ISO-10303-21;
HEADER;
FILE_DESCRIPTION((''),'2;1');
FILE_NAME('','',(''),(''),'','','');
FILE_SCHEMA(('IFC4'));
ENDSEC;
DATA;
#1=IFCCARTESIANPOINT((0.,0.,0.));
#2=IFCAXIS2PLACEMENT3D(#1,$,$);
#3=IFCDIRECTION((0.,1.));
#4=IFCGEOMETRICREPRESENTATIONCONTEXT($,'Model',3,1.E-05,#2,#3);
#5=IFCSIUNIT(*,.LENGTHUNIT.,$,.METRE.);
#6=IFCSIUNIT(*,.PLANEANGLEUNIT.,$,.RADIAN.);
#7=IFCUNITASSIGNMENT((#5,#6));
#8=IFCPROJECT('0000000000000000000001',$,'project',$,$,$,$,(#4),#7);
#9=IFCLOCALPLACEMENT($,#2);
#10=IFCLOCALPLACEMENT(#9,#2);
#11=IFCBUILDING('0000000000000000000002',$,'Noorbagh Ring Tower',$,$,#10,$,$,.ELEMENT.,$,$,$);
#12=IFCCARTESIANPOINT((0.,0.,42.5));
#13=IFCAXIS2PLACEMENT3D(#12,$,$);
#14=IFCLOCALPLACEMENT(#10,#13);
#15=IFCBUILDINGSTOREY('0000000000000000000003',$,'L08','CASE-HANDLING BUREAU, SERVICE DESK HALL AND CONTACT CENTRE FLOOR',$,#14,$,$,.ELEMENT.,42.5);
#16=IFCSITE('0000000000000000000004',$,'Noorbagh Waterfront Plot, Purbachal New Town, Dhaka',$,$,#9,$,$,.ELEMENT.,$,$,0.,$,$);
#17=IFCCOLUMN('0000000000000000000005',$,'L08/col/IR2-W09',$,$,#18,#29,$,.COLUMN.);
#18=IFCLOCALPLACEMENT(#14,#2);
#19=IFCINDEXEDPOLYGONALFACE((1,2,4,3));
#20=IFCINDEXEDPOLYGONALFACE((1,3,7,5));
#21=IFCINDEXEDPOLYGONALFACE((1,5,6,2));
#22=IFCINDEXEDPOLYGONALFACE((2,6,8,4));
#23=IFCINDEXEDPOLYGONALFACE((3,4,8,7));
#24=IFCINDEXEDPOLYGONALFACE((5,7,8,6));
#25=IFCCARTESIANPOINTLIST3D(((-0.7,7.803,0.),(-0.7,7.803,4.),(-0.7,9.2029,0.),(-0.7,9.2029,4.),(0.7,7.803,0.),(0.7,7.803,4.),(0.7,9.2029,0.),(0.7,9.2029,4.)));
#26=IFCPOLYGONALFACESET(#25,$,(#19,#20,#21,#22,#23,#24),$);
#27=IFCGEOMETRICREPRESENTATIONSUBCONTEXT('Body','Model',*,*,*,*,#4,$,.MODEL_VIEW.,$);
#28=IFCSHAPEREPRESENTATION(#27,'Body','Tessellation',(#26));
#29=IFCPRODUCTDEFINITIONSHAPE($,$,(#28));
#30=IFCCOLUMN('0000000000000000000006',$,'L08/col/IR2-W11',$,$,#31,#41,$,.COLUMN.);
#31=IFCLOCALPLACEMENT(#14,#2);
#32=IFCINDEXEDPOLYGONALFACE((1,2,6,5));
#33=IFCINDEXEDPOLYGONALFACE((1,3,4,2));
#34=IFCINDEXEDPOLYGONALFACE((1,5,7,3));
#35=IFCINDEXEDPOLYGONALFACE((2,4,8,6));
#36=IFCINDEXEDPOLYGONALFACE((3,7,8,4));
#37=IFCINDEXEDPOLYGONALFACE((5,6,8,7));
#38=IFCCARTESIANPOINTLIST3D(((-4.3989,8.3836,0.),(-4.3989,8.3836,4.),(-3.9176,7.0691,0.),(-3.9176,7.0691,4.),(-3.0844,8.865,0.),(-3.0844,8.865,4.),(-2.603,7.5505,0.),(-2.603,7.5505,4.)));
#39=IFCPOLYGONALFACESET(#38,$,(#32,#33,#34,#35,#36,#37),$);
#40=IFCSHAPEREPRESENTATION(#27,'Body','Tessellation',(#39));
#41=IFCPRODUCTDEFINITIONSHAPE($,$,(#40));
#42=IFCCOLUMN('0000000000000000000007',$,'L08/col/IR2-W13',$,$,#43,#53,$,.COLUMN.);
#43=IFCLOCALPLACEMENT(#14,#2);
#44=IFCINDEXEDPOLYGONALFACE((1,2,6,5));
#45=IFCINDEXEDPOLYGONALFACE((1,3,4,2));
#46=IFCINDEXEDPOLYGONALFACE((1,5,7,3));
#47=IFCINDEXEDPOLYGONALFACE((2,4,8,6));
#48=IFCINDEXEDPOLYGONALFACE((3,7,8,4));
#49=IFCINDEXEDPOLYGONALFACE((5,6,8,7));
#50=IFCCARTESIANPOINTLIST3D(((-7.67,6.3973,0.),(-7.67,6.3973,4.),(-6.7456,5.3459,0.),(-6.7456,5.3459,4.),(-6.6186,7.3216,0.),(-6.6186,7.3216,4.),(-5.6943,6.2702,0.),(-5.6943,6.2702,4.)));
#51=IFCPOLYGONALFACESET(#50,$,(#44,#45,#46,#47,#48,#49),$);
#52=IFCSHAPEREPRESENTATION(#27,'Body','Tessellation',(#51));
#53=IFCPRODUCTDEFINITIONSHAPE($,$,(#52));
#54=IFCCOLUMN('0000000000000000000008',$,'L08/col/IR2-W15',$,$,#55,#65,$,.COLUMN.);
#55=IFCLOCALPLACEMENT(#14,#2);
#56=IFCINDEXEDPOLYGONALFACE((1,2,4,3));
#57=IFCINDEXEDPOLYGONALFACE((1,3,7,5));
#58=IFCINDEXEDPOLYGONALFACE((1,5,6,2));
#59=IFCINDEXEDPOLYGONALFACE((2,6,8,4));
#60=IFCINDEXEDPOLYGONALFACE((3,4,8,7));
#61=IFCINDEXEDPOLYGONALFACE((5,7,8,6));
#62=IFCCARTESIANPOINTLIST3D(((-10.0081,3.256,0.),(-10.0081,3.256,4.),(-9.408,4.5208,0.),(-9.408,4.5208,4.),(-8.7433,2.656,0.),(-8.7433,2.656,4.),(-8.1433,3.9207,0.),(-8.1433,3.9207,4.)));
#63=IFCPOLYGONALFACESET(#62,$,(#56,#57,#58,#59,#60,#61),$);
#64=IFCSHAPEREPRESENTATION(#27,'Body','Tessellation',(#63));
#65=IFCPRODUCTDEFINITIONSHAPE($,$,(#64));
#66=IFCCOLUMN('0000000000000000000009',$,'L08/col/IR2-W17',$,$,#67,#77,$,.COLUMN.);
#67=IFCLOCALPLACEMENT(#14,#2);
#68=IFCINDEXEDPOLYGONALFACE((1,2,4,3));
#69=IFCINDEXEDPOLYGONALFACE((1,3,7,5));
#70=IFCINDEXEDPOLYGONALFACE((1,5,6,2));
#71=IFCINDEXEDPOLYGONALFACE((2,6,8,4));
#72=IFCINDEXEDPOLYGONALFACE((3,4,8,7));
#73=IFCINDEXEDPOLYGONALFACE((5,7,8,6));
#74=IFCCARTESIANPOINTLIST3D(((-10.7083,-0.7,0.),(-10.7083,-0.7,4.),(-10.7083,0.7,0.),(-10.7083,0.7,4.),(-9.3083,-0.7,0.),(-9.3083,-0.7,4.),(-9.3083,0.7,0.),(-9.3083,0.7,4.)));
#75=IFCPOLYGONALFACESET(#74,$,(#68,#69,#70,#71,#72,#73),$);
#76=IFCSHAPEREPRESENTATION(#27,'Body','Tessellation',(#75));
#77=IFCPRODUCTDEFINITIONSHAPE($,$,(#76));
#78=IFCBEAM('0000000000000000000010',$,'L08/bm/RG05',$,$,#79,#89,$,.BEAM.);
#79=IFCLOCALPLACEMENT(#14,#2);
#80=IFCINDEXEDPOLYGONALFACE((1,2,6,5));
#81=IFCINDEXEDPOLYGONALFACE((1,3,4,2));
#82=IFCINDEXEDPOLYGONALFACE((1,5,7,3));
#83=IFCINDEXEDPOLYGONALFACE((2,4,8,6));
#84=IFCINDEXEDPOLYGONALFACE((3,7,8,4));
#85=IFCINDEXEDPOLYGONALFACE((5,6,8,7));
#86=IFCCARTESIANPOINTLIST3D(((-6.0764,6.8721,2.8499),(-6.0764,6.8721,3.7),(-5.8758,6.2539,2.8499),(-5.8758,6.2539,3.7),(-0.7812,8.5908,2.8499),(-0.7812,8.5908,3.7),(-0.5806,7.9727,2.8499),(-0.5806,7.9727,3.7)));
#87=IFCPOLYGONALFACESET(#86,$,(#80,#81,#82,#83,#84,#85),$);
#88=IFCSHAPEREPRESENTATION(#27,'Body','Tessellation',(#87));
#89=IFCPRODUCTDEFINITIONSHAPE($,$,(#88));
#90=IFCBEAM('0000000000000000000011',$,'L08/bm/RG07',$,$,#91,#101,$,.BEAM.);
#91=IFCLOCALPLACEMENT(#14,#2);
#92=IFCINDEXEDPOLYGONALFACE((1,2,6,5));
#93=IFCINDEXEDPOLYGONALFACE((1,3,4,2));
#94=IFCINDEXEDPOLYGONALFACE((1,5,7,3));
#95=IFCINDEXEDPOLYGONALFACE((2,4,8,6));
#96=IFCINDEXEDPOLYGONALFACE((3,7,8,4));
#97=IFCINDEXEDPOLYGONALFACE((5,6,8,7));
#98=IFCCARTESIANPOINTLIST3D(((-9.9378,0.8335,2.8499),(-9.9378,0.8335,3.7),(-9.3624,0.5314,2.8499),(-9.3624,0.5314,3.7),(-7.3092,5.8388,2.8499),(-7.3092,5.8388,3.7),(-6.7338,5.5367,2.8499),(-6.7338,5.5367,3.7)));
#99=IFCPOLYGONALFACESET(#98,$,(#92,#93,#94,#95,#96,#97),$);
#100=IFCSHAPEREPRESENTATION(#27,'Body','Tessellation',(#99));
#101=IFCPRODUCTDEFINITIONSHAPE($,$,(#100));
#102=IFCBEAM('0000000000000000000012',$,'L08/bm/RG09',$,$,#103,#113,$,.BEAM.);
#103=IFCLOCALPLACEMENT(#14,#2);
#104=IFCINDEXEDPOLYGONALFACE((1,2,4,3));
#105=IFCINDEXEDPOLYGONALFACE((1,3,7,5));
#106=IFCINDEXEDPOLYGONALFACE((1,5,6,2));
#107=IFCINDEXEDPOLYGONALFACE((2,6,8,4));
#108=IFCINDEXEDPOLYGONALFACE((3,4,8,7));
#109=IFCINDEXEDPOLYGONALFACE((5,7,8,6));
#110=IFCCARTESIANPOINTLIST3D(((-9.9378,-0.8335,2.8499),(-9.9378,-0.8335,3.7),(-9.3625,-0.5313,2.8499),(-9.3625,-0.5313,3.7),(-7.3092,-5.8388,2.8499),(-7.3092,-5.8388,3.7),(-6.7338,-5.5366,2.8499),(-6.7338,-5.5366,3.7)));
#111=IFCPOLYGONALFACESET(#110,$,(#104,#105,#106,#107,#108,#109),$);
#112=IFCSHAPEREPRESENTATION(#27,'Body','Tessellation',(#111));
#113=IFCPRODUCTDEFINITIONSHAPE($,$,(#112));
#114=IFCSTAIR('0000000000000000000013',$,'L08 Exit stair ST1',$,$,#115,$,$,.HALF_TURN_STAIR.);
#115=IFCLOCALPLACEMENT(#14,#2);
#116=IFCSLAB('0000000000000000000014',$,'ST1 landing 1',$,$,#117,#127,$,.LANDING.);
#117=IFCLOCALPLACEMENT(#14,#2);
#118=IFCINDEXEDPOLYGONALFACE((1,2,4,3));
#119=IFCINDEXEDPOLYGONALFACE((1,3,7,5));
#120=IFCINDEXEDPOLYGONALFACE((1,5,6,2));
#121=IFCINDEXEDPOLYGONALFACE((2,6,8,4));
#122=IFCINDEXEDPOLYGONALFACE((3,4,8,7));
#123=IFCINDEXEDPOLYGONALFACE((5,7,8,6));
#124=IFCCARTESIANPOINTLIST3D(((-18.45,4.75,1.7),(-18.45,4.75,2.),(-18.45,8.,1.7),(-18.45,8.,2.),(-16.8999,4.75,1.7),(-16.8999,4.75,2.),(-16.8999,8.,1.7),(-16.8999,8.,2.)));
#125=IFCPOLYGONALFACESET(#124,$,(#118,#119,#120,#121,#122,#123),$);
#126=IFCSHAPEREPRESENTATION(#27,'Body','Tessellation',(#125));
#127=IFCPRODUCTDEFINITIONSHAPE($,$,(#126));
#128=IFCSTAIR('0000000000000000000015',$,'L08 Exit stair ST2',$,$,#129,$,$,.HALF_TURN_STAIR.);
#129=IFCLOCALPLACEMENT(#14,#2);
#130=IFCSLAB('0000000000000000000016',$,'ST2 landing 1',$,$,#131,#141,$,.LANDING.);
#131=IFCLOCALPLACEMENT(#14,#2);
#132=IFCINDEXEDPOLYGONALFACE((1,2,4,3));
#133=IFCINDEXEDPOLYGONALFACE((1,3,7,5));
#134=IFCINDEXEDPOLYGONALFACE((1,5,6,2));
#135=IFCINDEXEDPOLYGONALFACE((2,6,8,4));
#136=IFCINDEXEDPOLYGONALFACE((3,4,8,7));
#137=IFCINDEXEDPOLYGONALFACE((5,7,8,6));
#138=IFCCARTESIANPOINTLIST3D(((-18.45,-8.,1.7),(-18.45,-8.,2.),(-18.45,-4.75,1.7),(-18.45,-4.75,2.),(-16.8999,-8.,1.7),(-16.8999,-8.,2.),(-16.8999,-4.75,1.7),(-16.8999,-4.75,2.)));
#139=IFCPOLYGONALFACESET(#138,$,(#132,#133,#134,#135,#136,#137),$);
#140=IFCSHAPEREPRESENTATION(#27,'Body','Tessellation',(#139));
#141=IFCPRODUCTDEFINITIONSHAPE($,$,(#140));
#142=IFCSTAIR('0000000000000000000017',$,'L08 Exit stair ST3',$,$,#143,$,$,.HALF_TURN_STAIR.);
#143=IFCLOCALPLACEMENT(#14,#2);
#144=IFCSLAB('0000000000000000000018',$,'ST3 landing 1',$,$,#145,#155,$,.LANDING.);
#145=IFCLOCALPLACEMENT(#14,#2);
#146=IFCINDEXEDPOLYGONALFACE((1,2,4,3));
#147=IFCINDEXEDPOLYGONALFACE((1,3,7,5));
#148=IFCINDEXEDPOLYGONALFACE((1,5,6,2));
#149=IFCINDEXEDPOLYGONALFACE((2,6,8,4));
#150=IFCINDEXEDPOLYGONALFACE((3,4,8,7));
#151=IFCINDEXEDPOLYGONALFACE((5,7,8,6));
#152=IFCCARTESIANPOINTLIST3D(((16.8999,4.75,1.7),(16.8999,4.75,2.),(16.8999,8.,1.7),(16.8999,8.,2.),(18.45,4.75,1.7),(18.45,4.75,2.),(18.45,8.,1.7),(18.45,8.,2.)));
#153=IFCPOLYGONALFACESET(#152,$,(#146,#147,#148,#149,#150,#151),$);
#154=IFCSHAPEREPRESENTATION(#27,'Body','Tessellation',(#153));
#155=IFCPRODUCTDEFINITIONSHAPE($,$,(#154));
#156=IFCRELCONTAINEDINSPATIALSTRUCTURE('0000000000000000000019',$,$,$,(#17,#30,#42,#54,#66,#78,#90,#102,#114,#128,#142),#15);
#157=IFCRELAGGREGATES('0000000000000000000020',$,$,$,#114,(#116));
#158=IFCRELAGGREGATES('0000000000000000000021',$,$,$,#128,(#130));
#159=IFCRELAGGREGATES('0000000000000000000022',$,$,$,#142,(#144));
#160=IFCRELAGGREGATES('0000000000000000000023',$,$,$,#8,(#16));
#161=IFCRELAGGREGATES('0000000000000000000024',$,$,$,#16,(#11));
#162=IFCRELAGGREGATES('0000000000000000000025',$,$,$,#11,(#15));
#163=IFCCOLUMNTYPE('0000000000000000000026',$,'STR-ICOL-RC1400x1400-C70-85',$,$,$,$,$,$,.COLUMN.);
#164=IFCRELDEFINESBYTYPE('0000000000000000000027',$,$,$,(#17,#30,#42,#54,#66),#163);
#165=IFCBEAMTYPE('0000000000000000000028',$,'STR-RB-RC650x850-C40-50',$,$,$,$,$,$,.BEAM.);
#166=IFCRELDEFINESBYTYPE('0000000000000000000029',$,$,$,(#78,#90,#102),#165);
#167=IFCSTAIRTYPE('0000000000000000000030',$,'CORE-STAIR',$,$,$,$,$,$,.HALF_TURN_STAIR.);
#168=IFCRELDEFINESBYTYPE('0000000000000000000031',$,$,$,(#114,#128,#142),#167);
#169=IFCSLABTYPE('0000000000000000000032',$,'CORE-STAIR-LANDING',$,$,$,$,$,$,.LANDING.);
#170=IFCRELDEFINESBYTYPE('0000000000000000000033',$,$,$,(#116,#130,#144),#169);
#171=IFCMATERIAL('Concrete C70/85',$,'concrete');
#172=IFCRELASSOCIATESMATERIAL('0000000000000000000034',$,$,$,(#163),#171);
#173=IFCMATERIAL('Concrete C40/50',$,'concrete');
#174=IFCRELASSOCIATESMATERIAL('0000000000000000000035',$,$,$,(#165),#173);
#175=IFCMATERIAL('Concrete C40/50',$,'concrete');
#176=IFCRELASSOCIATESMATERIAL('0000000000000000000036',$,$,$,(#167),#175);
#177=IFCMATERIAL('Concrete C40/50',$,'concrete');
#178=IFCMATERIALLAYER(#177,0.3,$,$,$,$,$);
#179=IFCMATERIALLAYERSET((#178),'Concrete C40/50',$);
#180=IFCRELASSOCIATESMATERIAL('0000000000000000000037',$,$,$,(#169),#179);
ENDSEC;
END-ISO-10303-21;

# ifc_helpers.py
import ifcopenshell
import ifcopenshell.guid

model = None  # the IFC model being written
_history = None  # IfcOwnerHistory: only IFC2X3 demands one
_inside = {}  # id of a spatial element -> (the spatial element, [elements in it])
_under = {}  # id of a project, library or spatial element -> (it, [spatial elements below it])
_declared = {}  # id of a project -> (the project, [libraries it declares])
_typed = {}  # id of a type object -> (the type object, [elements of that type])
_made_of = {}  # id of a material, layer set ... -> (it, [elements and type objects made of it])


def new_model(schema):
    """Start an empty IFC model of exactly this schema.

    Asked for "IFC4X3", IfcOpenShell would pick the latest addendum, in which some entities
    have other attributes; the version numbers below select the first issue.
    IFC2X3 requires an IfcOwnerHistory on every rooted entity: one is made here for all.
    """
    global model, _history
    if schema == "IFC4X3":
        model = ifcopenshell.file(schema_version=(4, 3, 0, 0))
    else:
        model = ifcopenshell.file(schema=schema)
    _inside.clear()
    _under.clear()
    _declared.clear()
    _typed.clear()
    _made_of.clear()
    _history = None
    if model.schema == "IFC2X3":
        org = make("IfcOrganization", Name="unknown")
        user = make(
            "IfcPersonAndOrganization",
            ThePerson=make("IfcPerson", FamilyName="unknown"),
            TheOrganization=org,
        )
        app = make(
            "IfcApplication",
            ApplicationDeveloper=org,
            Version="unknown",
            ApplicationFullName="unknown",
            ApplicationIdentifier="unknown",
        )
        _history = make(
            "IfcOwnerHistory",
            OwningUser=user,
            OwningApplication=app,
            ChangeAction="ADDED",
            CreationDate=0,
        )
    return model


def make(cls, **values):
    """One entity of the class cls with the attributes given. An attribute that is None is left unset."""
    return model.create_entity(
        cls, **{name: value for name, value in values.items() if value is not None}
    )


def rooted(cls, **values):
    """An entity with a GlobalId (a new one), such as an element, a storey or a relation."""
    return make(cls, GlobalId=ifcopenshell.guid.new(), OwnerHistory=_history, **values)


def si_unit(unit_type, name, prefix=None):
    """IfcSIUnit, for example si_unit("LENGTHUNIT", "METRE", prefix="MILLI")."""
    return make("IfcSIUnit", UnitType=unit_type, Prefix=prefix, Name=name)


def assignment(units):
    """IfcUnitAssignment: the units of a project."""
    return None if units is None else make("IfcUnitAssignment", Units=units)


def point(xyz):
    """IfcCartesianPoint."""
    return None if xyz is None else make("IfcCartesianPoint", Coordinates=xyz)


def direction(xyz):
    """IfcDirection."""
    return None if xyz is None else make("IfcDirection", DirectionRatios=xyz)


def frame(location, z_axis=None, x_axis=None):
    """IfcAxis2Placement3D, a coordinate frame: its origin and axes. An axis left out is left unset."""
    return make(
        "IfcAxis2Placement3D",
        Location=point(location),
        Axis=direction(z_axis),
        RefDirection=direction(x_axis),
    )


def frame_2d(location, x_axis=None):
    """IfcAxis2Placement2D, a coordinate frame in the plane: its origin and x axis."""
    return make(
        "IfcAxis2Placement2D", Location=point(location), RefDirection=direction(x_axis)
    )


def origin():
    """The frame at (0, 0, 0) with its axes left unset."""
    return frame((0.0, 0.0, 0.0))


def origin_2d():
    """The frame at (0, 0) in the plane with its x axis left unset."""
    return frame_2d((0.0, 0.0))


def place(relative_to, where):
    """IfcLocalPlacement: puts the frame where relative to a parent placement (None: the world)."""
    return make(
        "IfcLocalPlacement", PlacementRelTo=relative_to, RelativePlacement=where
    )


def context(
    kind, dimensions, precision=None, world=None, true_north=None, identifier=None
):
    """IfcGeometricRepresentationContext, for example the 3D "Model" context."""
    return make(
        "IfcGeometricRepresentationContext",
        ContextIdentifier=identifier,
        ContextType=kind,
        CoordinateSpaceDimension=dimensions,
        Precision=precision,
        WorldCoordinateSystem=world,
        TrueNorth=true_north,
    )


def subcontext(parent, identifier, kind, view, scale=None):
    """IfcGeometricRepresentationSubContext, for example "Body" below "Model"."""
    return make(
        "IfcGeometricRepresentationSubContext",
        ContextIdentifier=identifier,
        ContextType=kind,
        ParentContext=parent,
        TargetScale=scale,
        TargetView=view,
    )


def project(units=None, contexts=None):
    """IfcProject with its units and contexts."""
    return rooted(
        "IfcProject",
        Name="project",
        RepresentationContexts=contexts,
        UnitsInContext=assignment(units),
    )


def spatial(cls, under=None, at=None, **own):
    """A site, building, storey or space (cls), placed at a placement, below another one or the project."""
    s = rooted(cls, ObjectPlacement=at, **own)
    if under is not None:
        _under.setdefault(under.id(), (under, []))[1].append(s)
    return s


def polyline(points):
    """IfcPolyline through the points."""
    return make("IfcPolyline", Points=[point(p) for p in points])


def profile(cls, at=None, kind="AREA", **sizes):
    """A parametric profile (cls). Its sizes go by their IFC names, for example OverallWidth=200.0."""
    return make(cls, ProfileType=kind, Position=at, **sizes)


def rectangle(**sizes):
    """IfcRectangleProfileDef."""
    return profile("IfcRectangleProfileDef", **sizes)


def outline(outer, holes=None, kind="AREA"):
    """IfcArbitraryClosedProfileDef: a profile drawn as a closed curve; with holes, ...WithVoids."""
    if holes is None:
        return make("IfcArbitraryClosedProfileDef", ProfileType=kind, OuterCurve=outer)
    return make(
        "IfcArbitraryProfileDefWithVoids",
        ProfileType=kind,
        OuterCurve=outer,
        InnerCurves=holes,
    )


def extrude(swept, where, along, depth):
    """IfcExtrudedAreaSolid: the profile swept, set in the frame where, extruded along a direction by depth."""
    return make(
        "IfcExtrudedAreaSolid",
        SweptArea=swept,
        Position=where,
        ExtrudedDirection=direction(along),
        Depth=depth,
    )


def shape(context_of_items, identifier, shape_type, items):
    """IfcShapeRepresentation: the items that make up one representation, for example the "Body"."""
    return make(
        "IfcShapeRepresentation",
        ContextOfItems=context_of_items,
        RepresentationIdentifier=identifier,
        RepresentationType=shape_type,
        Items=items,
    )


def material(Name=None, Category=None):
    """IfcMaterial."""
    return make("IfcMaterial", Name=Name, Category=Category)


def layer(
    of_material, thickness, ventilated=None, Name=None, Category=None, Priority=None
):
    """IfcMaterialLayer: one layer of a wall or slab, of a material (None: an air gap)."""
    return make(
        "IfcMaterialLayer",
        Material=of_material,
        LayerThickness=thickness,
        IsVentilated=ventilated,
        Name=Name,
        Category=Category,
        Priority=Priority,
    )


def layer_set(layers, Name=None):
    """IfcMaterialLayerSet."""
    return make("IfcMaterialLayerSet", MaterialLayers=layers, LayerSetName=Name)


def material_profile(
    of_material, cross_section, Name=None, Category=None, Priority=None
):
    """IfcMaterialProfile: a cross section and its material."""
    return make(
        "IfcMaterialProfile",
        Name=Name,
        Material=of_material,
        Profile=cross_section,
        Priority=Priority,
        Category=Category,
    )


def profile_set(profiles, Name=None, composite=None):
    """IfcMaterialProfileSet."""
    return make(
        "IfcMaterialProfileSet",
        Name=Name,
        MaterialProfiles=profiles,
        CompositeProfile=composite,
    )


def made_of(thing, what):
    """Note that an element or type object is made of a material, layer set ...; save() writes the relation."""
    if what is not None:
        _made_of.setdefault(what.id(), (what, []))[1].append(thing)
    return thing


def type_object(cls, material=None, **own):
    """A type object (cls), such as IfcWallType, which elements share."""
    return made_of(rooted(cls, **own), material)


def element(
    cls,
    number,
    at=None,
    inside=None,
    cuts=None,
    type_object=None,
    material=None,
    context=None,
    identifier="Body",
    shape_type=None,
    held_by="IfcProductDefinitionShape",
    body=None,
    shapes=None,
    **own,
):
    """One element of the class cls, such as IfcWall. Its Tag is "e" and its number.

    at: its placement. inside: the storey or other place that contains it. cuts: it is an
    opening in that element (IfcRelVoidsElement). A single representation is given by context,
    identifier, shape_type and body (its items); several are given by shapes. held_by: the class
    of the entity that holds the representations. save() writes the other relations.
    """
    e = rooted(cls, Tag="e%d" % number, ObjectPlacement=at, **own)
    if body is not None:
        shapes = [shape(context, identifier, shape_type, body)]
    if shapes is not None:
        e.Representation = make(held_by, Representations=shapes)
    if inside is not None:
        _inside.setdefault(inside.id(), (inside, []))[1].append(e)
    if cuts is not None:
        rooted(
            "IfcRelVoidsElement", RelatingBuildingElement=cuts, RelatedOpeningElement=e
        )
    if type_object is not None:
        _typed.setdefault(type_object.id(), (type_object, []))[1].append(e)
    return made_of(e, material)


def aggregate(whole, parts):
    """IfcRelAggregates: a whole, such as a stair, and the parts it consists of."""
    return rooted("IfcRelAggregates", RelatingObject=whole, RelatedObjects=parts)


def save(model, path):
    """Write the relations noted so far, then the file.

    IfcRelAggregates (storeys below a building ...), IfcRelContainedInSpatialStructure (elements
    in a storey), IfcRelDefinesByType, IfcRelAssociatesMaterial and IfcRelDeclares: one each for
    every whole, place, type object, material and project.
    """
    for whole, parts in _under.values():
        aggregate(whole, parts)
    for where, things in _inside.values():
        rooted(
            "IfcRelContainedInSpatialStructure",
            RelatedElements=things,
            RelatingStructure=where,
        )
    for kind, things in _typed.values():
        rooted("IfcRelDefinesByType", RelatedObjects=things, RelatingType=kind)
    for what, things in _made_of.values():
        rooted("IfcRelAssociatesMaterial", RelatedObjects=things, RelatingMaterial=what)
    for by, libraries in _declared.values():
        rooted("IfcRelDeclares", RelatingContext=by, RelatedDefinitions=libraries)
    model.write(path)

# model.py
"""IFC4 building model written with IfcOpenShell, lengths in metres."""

from ifc_helpers import new_model, si_unit, direction, frame, origin, origin_2d, place, context, subcontext, project, spatial, polyline, rectangle, outline, extrude, material, layer, layer_set, material_profile, profile_set, type_object, element, aggregate, save


model = new_model("IFC4")

# Units and contexts
model_context = context("Model", 3, precision=1e-05, world=origin(), true_north=direction((0.0, 1.0)))
body_context = subcontext(model_context, "Body", "Model", "MODEL_VIEW")
ifc_project = project(units=[si_unit("LENGTHUNIT", "METRE"), si_unit("PLANEANGLEUNIT", "RADIAN")], contexts=[model_context])

# Site, building, storey
site_placement = place(None, origin())
site = spatial("IfcSite", under=ifc_project, at=site_placement, Name="Noorbagh Waterfront Plot, Purbachal New Town, Dhaka", CompositionType="ELEMENT", RefElevation=0.0)
building_placement = place(site_placement, origin())
building = spatial("IfcBuilding", under=site, at=building_placement, Name="Noorbagh Ring Tower", CompositionType="ELEMENT")
storey_placement = place(building_placement, frame((0.0, 0.0, 42.5)))
storey = spatial("IfcBuildingStorey", under=building, at=storey_placement, Name="L08", Description="CASE-HANDLING BUREAU, SERVICE DESK HALL AND CONTACT CENTRE FLOOR", CompositionType="ELEMENT", Elevation=42.5)

# Columns
ifc_material_1 = material(Name="Concrete C70/85", Category="concrete")
ifc_material_profile_1 = material_profile(ifc_material_1, rectangle(XDim=1.3999, YDim=1.3999, at=origin_2d()), Name="RC1400x1400")
ifc_profile_set_1 = profile_set([ifc_material_profile_1], Name="Concrete C70/85")
column_type = type_object("IfcColumnType", Name="STR-ICOL-RC1400x1400-C70-85", PredefinedType="COLUMN", material=ifc_profile_set_1)
for number, where, z_axis, x_axis, name in (
    (1, (0.0, 8.5029, 0.0), (0.0, 0.0, 1.0), (-1.0, 0.0, 0.0), "L08/col/IR2-W09"),
    (2, (-3.501, 7.967, 0.0), (0.0, 0.0, 1.0), (-0.93902, -0.343864, 0.0), "L08/col/IR2-W11"),
    (3, (-6.6821, 6.3337, 0.0), (0.0, 0.0, 1.0), (-0.751022, -0.660277, 0.0), "L08/col/IR2-W13"),
    (4, (-9.0757, 3.5884, 0.0), (0.0, 0.0, 1.0), (-0.428667, -0.903463, 0.0), "L08/col/IR2-W15"),
    (5, (-10.0083, 0.0, 0.0), (0.0, 0.0, 1.0), (0.0, -1.0, 0.0), "L08/col/IR2-W17"),
):
    element("IfcColumn", number, at=place(storey_placement, frame(where, z_axis=z_axis, x_axis=x_axis)), inside=storey, type_object=column_type, Name=name, PredefinedType="COLUMN", context=body_context, shape_type="SweptSolid", body=[
        extrude(rectangle(XDim=1.3999, YDim=1.3999, at=origin_2d()), origin(), (0.0, 0.0, 1.0), 4.0),
    ])

# Beams
ifc_material_2 = material(Name="Concrete C40/50", Category="concrete")
ifc_material_profile_2 = material_profile(ifc_material_2, rectangle(XDim=0.6499, YDim=0.8501, at=origin_2d()), Name="RC650x850")
ifc_profile_set_2 = profile_set([ifc_material_profile_2], Name="Concrete C40/50")
beam_type = type_object("IfcBeamType", Name="STR-RB-RC650x850-C40-50", PredefinedType="BEAM", material=ifc_profile_set_2)
beam_placement = place(storey_placement, frame((-0.6809, 8.2817, 3.2749), z_axis=(-0.951149, -0.308732, 0.0), x_axis=(0.308732, -0.951149, 0.0)))
element("IfcBeam", 6, at=beam_placement, inside=storey, type_object=beam_type, Name="L08/bm/RG05", PredefinedType="BEAM", context=body_context, shape_type="SweptSolid", body=[
    extrude(rectangle(XDim=0.6499, YDim=0.8501, at=origin_2d()), origin(), (0.0, 0.0, 1.0), 5.5671),
])
for number, where, z_axis, x_axis, name in (
    (7, (-7.0215, 5.6877, 3.2749), (-0.464951, -0.885337, 0.0), (0.885337, -0.464951, 0.0), "L08/bm/RG07"),
    (8, (-9.6501, -0.6824, 3.2749), (0.464951, -0.885337, 0.0), (0.885337, 0.464951, 0.0), "L08/bm/RG09"),
):
    element("IfcBeam", number, at=place(storey_placement, frame(where, z_axis=z_axis, x_axis=x_axis)), inside=storey, type_object=beam_type, Name=name, PredefinedType="BEAM", context=body_context, shape_type="SweptSolid", body=[
        extrude(rectangle(XDim=0.6499, YDim=0.8501, at=origin_2d()), origin(), (0.0, 0.0, 1.0), 5.6536),
    ])

# Stairs, slabs
ifc_material_3 = material(Name="Concrete C40/50", Category="concrete")
stair_type = type_object("IfcStairType", Name="CORE-STAIR", PredefinedType="HALF_TURN_STAIR", material=ifc_material_3)
stair_1_placement = place(storey_placement, origin())
stair_1 = element("IfcStair", 9, at=stair_1_placement, inside=storey, type_object=stair_type, Name="L08 Exit stair ST1", PredefinedType="HALF_TURN_STAIR")
ifc_material_4 = material(Name="Concrete C40/50", Category="concrete")
ifc_layer_1 = layer(ifc_material_4, 0.3)
ifc_layer_set_1 = layer_set([ifc_layer_1], Name="Concrete C40/50")
slab_type_1 = type_object("IfcSlabType", Name="CORE-STAIR-LANDING", PredefinedType="LANDING", material=ifc_layer_set_1)
slab_1_placement = place(storey_placement, frame((0.0, 0.0, 1.7)))
slab_1 = element("IfcSlab", 10, at=slab_1_placement, type_object=slab_type_1, Name="ST1 landing 1", PredefinedType="LANDING", context=body_context, shape_type="SweptSolid", body=[
    extrude(outline(polyline([(-18.45, 4.75), (-16.8999, 4.75), (-16.8999, 8.0), (-18.45, 8.0), (-18.45, 4.75)])), origin(), (0.0, 0.0, 1.0), 0.3),
])
aggregate(stair_1, [slab_1])
stair_2_placement = place(storey_placement, origin())
stair_2 = element("IfcStair", 11, at=stair_2_placement, inside=storey, type_object=stair_type, Name="L08 Exit stair ST2", PredefinedType="HALF_TURN_STAIR")
slab_2_placement = place(storey_placement, frame((0.0, 0.0, 1.7)))
slab_2 = element("IfcSlab", 12, at=slab_2_placement, type_object=slab_type_1, Name="ST2 landing 1", PredefinedType="LANDING", context=body_context, shape_type="SweptSolid", body=[
    extrude(outline(polyline([(-18.45, -8.0), (-16.8999, -8.0), (-16.8999, -4.75), (-18.45, -4.75), (-18.45, -8.0)])), origin(), (0.0, 0.0, 1.0), 0.3),
])
aggregate(stair_2, [slab_2])
stair_3_placement = place(storey_placement, origin())
stair_3 = element("IfcStair", 13, at=stair_3_placement, inside=storey, type_object=stair_type, Name="L08 Exit stair ST3", PredefinedType="HALF_TURN_STAIR")
slab_3_placement = place(storey_placement, frame((0.0, 0.0, 1.7)))
slab_3 = element("IfcSlab", 14, at=slab_3_placement, type_object=slab_type_1, Name="ST3 landing 1", PredefinedType="LANDING", context=body_context, shape_type="SweptSolid", body=[
    extrude(outline(polyline([(18.45, 8.0), (16.8999, 8.0), (16.8999, 4.75), (18.45, 4.75), (18.45, 8.0)])), origin(), (0.0, 0.0, 1.0), 0.3),
])
aggregate(stair_3, [slab_3])

save(model, "model.ifc")
